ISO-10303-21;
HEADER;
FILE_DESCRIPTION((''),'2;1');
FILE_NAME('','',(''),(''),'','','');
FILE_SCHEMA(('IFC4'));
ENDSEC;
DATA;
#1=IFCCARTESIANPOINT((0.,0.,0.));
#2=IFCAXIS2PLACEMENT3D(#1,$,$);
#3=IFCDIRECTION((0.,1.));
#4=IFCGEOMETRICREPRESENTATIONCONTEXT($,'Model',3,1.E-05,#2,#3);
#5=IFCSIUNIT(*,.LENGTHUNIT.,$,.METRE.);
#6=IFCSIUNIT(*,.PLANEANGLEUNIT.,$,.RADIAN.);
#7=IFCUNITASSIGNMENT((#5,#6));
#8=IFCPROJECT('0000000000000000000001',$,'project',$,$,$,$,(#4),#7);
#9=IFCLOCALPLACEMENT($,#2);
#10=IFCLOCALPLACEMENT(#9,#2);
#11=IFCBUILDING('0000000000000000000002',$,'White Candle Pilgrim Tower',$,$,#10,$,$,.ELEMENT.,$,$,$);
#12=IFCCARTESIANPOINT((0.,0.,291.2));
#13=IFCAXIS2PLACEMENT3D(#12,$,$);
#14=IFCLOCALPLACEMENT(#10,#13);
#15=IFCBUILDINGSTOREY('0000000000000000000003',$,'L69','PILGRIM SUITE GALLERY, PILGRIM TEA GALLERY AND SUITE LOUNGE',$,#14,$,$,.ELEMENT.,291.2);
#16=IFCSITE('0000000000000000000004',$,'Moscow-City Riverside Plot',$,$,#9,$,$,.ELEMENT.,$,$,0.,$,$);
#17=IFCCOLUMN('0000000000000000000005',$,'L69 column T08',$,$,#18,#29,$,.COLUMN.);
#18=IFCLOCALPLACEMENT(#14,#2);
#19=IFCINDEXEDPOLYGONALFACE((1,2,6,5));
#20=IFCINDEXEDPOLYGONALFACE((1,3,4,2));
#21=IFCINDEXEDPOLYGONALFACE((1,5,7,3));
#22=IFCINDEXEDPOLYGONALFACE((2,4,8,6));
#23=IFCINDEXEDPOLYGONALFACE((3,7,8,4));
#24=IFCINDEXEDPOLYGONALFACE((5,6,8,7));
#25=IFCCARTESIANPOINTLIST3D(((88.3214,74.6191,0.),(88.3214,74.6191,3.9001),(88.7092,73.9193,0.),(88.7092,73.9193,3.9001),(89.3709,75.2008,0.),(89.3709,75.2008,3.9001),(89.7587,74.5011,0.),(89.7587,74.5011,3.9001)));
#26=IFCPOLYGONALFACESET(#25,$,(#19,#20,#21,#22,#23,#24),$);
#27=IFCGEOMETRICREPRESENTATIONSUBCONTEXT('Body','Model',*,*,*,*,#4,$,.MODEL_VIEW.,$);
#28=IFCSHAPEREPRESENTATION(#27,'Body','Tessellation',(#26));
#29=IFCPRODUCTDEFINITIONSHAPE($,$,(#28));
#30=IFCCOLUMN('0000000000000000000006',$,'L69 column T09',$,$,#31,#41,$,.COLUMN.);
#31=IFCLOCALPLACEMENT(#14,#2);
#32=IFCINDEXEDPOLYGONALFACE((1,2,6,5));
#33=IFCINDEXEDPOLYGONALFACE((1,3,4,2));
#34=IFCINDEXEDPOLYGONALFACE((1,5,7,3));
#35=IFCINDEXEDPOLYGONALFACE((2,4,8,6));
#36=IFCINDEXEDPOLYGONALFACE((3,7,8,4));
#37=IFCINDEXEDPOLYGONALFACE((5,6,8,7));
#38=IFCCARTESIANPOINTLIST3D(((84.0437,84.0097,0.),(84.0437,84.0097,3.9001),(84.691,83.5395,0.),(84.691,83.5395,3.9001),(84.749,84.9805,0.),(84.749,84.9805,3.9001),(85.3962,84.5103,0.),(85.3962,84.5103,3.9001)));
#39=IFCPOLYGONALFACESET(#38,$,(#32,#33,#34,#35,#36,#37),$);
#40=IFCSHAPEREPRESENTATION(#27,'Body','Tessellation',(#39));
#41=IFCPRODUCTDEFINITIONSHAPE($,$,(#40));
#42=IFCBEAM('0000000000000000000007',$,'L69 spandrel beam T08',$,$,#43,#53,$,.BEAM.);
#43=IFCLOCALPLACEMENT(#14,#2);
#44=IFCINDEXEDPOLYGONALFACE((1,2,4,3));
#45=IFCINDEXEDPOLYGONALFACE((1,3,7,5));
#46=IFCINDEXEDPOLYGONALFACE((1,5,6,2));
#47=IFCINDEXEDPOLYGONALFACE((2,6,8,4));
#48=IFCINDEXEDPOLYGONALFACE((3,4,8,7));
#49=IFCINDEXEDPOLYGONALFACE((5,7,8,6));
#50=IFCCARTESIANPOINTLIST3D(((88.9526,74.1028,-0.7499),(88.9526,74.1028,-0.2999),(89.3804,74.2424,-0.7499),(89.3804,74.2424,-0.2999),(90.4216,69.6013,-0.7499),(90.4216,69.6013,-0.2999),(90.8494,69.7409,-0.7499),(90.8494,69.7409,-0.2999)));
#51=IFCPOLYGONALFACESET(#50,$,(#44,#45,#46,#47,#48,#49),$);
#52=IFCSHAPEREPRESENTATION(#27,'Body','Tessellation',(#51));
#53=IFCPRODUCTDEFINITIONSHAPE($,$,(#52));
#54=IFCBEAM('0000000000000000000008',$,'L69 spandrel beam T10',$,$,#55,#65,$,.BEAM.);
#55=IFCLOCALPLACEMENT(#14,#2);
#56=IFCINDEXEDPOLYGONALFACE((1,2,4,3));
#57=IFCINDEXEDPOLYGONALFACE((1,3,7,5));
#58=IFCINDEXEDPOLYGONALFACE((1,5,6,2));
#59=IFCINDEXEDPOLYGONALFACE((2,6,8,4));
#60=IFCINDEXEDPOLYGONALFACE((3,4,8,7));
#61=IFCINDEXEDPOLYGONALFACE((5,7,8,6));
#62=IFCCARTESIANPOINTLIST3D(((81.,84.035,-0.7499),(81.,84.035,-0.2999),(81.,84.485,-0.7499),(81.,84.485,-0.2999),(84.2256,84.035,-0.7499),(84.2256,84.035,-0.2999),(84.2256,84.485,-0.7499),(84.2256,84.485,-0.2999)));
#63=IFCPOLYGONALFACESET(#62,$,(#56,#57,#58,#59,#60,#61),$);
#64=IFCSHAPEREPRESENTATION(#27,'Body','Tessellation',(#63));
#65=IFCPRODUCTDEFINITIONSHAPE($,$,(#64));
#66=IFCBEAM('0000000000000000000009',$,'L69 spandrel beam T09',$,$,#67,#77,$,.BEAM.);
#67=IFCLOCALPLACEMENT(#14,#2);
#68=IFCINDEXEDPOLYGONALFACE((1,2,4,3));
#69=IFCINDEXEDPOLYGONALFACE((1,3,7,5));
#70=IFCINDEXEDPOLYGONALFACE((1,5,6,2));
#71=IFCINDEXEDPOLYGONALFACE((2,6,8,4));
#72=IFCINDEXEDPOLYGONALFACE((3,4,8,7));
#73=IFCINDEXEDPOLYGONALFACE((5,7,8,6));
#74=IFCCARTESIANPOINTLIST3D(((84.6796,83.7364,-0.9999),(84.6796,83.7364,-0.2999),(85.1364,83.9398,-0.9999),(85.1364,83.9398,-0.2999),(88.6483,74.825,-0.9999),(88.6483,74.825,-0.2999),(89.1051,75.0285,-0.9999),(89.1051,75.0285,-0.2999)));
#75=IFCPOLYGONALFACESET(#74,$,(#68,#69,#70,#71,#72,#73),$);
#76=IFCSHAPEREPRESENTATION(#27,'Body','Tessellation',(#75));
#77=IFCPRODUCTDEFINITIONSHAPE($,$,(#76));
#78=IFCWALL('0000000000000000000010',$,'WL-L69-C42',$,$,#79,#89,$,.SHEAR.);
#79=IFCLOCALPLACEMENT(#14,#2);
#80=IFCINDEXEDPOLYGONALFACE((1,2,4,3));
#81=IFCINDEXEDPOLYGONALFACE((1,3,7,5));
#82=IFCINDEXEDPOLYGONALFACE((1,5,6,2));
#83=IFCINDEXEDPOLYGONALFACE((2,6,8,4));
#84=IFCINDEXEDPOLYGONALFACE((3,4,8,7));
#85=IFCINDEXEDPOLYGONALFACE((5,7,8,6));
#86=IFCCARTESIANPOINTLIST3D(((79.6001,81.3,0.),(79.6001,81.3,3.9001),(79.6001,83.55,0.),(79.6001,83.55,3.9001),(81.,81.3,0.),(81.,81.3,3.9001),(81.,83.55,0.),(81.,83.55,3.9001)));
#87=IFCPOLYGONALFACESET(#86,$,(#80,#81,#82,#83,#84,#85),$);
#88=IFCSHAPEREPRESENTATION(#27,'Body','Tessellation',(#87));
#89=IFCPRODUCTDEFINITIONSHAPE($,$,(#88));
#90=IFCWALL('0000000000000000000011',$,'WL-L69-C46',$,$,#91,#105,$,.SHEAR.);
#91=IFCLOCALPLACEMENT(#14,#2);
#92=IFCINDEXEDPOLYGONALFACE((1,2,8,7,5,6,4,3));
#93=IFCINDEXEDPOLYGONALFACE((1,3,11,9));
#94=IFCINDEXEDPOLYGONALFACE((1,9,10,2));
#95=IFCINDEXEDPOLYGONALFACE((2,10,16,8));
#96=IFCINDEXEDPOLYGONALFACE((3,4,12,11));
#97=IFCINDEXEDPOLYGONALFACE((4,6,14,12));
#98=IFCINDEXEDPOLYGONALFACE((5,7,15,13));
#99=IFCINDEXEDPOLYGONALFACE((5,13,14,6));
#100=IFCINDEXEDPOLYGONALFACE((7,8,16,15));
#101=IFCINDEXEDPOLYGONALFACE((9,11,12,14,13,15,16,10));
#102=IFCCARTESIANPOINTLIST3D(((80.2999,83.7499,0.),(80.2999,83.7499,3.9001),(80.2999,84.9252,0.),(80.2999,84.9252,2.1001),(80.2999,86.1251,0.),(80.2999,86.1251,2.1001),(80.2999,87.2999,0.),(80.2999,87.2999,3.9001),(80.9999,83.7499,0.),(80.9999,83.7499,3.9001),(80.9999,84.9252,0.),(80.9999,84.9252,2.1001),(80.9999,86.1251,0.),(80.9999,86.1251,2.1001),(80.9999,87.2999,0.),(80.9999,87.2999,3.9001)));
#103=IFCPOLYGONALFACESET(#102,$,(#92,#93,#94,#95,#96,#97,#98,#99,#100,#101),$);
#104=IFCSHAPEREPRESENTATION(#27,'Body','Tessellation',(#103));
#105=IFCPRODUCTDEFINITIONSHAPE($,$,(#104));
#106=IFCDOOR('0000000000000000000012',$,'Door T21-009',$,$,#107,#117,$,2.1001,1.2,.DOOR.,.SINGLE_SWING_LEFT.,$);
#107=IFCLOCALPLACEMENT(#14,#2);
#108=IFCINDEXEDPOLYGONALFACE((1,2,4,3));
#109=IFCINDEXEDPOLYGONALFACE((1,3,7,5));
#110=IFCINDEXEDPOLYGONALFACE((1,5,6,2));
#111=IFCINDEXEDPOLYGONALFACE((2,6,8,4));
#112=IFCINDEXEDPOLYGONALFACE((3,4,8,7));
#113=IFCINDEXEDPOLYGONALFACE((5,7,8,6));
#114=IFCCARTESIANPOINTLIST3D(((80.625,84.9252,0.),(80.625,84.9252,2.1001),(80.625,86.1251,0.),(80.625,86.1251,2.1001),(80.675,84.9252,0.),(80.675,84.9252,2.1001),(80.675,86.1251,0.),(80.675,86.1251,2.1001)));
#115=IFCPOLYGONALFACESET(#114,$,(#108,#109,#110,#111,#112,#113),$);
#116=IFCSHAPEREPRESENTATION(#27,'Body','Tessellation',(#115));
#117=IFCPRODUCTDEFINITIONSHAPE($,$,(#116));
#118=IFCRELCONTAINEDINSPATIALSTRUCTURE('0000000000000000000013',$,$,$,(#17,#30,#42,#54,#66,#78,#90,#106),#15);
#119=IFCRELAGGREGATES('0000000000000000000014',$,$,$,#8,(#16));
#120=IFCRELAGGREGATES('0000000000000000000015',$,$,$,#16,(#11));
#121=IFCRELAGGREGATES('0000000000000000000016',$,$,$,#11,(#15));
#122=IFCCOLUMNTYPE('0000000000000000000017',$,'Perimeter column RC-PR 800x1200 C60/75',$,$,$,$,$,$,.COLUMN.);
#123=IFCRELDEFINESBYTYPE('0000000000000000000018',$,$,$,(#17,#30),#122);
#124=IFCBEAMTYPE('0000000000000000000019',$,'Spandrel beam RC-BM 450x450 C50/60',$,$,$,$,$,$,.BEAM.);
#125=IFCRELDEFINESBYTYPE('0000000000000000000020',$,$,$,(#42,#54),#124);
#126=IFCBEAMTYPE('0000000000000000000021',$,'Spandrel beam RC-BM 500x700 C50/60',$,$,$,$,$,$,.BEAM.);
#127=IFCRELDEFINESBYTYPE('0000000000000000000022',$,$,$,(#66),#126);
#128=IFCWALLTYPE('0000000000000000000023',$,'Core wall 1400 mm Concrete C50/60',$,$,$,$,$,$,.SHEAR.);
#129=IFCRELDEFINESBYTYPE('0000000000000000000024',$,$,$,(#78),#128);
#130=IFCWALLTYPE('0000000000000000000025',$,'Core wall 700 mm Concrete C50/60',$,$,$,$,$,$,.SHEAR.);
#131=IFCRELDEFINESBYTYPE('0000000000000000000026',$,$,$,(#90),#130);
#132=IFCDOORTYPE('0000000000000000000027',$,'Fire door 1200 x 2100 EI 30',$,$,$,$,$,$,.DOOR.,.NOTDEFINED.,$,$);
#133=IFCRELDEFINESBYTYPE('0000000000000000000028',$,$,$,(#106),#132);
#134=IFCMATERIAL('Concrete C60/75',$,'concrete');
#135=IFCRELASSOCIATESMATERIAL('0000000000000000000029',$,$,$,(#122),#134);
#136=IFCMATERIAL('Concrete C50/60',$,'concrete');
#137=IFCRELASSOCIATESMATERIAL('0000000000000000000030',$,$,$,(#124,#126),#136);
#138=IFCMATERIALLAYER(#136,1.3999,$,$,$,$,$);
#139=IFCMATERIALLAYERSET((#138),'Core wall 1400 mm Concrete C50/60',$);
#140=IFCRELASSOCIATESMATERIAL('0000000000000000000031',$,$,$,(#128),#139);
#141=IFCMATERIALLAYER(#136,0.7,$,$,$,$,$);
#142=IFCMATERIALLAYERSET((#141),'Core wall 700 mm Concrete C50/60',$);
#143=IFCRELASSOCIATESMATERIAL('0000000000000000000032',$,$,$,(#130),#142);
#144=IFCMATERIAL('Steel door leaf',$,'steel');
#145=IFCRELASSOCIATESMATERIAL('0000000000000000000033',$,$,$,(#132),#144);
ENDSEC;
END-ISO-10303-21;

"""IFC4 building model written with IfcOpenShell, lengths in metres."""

from ifc_helpers import new_model, si_unit, direction, frame, frame_2d, origin, origin_2d, place, context, subcontext, project, spatial, rectangle, extrude, material, layer, layer_set, material_profile, profile_set, type_object, element, fill, save


model = new_model("IFC4")

# Units and contexts
model_context = context("Model", 3, precision=1e-05, world=origin(), true_north=direction((0.0, 1.0)))
body_context = subcontext(model_context, "Body", "Model", "MODEL_VIEW")
ifc_project = project(units=[si_unit("LENGTHUNIT", "METRE"), si_unit("PLANEANGLEUNIT", "RADIAN")], contexts=[model_context])

# Site, building, storey
site_placement = place(None, origin())
site = spatial("IfcSite", under=ifc_project, at=site_placement, Name="Moscow-City Riverside Plot", CompositionType="ELEMENT", RefElevation=0.0)
building_placement = place(site_placement, origin())
building = spatial("IfcBuilding", under=site, at=building_placement, Name="White Candle Pilgrim Tower", CompositionType="ELEMENT")
storey_placement = place(building_placement, frame((0.0, 0.0, 291.2)))
storey = spatial("IfcBuildingStorey", under=building, at=storey_placement, Name="L69", Description="PILGRIM SUITE GALLERY, PILGRIM TEA GALLERY AND SUITE LOUNGE", CompositionType="ELEMENT", Elevation=291.2)

# Columns
ifc_material_1 = material(Name="Concrete C60/75", Category="concrete")
ifc_material_profile_1 = material_profile(ifc_material_1, rectangle(XDim=0.8, YDim=1.2, at=origin_2d()), Name="RC-PR 800x1200")
ifc_profile_set_1 = profile_set([ifc_material_profile_1], Name="Concrete C60/75")
column_type = type_object("IfcColumnType", Name="Perimeter column RC-PR 800x1200 C60/75", PredefinedType="COLUMN", material=ifc_profile_set_1)
for number, where, z_axis, x_axis, name in (
    (1, (89.04, 74.5601, 0.0), (0.0, 0.0, 1.0), (0.48481, -0.87462, 0.0), "L69 column T08"),
    (2, (84.72, 84.26, 0.0), (0.0, 0.0, 1.0), (0.809027, -0.587771, 0.0), "L69 column T09"),
):
    element("IfcColumn", number, at=place(storey_placement, frame(where, z_axis=z_axis, x_axis=x_axis)), inside=storey, type_object=column_type, Name=name, PredefinedType="COLUMN", context=body_context, shape_type="SweptSolid", body=[
        extrude(rectangle(XDim=0.8, YDim=1.2, at=origin_2d()), origin(), (0.0, 0.0, 1.0), 3.9001),
    ])

# Beams
ifc_material_2 = material(Name="Concrete C50/60", Category="concrete")
ifc_material_profile_2 = material_profile(ifc_material_2, rectangle(XDim=0.45, YDim=0.45, at=origin_2d()), Name="RC-BM 450x450")
ifc_profile_set_2 = profile_set([ifc_material_profile_2], Name="Concrete C50/60")
beam_type_1 = type_object("IfcBeamType", Name="Spandrel beam RC-BM 450x450 C50/60", PredefinedType="BEAM", material=ifc_profile_set_2)
beam_1_placement = place(storey_placement, frame((90.6355, 69.6711, -0.5249), z_axis=(-0.310235, 0.95066, 0.0), x_axis=(-0.95066, -0.310235, 0.0)))
element("IfcBeam", 3, at=beam_1_placement, inside=storey, type_object=beam_type_1, Name="L69 spandrel beam T08", PredefinedType="BEAM", context=body_context, shape_type="SweptSolid", body=[
    extrude(rectangle(XDim=0.45, YDim=0.45, at=origin_2d()), origin(), (0.0, 0.0, 1.0), 4.7351),
])
beam_2_placement = place(storey_placement, frame((84.2256, 84.26, -0.5249), z_axis=(-1.0, 0.0, 0.0), x_axis=(0.0, -1.0, 0.0)))
element("IfcBeam", 4, at=beam_2_placement, inside=storey, type_object=beam_type_1, Name="L69 spandrel beam T10", PredefinedType="BEAM", context=body_context, shape_type="SweptSolid", body=[
    extrude(rectangle(XDim=0.45, YDim=0.45, at=origin_2d()), origin(), (0.0, 0.0, 1.0), 3.2256),
])
ifc_material_profile_3 = material_profile(ifc_material_2, rectangle(XDim=0.5, YDim=0.7, at=origin_2d()), Name="RC-BM 500x700")
ifc_profile_set_3 = profile_set([ifc_material_profile_3], Name="Concrete C50/60")
beam_type_2 = type_object("IfcBeamType", Name="Spandrel beam RC-BM 500x700 C50/60", PredefinedType="BEAM", material=ifc_profile_set_3)
beam_3_placement = place(storey_placement, frame((88.8767, 74.9268, -0.6499), z_axis=(-0.406835, 0.913502, 0.0), x_axis=(-0.913502, -0.406835, 0.0)))
element("IfcBeam", 5, at=beam_3_placement, inside=storey, type_object=beam_type_2, Name="L69 spandrel beam T09", PredefinedType="BEAM", context=body_context, shape_type="SweptSolid", body=[
    extrude(rectangle(XDim=0.5, YDim=0.7, at=origin_2d()), origin(), (0.0, 0.0, 1.0), 9.7551),
])

# Wall
ifc_layer_1 = layer(ifc_material_2, 1.3999)
ifc_layer_set_1 = layer_set([ifc_layer_1], Name="Core wall 1400 mm Concrete C50/60")
wall_type_1 = type_object("IfcWallType", Name="Core wall 1400 mm Concrete C50/60", PredefinedType="SHEAR", material=ifc_layer_set_1)
wall_1_placement = place(storey_placement, frame((80.3, 81.3, 0.0), z_axis=(0.0, 0.0, 1.0), x_axis=(0.0, 1.0, 0.0)))
element("IfcWall", 6, at=wall_1_placement, inside=storey, type_object=wall_type_1, Name="WL-L69-C42", PredefinedType="SHEAR", context=body_context, shape_type="SweptSolid", body=[
    extrude(rectangle(XDim=2.25, YDim=1.3999, at=frame_2d((1.125, 0.0))), origin(), (0.0, 0.0, 1.0), 3.9001),
])

# Wall, opening, door
ifc_layer_2 = layer(ifc_material_2, 0.7)
ifc_layer_set_2 = layer_set([ifc_layer_2], Name="Core wall 700 mm Concrete C50/60")
wall_type_2 = type_object("IfcWallType", Name="Core wall 700 mm Concrete C50/60", PredefinedType="SHEAR", material=ifc_layer_set_2)
wall_2_placement = place(storey_placement, frame((80.6499, 83.75, 0.0), z_axis=(0.0, 0.0, 1.0), x_axis=(0.0, 1.0, 0.0)))
wall_2 = element("IfcWall", 7, at=wall_2_placement, inside=storey, type_object=wall_type_2, Name="WL-L69-C46", PredefinedType="SHEAR", context=body_context, shape_type="SweptSolid", body=[
    extrude(rectangle(XDim=3.55, YDim=0.7, at=frame_2d((1.7749, 0.0))), origin(), (0.0, 0.0, 1.0), 3.9001),
])
opening_1_placement = place(wall_2_placement, frame((1.175, 0.0, 0.0)))
opening_1 = element("IfcOpeningElement", 8, at=opening_1_placement, cuts=wall_2, PredefinedType="OPENING", context=body_context, shape_type="SweptSolid", body=[
    extrude(rectangle(XDim=1.2, YDim=2.1001, at=frame_2d((0.6001, 1.05))), frame((0.0, 0.3599, 0.0), z_axis=(0.0, -1.0, 0.0), x_axis=(1.0, 0.0, 0.0)), (0.0, 0.0, 1.0), 0.72),
])
ifc_material_3 = material(Name="Steel door leaf", Category="steel")
door_type_1 = type_object("IfcDoorType", Name="Fire door 1200 x 2100 EI 30", OperationType="NOTDEFINED", PredefinedType="DOOR", material=ifc_material_3)
door_1_placement = place(opening_1_placement, origin())
door_1 = element("IfcDoor", 9, at=door_1_placement, inside=storey, type_object=door_type_1, Name="Door T21-009", OperationType="SINGLE_SWING_LEFT", OverallHeight=2.1001, OverallWidth=1.2, PredefinedType="DOOR", context=body_context, shape_type="SweptSolid", body=[
    extrude(rectangle(XDim=1.2, YDim=2.1001, at=frame_2d((0.6001, 1.05))), frame((0.0, 0.0249, 0.0), z_axis=(0.0, -1.0, 0.0), x_axis=(1.0, 0.0, 0.0)), (0.0, 0.0, 1.0), 0.05),
])
fill(opening_1, door_1)

save(model, "model.ifc")
